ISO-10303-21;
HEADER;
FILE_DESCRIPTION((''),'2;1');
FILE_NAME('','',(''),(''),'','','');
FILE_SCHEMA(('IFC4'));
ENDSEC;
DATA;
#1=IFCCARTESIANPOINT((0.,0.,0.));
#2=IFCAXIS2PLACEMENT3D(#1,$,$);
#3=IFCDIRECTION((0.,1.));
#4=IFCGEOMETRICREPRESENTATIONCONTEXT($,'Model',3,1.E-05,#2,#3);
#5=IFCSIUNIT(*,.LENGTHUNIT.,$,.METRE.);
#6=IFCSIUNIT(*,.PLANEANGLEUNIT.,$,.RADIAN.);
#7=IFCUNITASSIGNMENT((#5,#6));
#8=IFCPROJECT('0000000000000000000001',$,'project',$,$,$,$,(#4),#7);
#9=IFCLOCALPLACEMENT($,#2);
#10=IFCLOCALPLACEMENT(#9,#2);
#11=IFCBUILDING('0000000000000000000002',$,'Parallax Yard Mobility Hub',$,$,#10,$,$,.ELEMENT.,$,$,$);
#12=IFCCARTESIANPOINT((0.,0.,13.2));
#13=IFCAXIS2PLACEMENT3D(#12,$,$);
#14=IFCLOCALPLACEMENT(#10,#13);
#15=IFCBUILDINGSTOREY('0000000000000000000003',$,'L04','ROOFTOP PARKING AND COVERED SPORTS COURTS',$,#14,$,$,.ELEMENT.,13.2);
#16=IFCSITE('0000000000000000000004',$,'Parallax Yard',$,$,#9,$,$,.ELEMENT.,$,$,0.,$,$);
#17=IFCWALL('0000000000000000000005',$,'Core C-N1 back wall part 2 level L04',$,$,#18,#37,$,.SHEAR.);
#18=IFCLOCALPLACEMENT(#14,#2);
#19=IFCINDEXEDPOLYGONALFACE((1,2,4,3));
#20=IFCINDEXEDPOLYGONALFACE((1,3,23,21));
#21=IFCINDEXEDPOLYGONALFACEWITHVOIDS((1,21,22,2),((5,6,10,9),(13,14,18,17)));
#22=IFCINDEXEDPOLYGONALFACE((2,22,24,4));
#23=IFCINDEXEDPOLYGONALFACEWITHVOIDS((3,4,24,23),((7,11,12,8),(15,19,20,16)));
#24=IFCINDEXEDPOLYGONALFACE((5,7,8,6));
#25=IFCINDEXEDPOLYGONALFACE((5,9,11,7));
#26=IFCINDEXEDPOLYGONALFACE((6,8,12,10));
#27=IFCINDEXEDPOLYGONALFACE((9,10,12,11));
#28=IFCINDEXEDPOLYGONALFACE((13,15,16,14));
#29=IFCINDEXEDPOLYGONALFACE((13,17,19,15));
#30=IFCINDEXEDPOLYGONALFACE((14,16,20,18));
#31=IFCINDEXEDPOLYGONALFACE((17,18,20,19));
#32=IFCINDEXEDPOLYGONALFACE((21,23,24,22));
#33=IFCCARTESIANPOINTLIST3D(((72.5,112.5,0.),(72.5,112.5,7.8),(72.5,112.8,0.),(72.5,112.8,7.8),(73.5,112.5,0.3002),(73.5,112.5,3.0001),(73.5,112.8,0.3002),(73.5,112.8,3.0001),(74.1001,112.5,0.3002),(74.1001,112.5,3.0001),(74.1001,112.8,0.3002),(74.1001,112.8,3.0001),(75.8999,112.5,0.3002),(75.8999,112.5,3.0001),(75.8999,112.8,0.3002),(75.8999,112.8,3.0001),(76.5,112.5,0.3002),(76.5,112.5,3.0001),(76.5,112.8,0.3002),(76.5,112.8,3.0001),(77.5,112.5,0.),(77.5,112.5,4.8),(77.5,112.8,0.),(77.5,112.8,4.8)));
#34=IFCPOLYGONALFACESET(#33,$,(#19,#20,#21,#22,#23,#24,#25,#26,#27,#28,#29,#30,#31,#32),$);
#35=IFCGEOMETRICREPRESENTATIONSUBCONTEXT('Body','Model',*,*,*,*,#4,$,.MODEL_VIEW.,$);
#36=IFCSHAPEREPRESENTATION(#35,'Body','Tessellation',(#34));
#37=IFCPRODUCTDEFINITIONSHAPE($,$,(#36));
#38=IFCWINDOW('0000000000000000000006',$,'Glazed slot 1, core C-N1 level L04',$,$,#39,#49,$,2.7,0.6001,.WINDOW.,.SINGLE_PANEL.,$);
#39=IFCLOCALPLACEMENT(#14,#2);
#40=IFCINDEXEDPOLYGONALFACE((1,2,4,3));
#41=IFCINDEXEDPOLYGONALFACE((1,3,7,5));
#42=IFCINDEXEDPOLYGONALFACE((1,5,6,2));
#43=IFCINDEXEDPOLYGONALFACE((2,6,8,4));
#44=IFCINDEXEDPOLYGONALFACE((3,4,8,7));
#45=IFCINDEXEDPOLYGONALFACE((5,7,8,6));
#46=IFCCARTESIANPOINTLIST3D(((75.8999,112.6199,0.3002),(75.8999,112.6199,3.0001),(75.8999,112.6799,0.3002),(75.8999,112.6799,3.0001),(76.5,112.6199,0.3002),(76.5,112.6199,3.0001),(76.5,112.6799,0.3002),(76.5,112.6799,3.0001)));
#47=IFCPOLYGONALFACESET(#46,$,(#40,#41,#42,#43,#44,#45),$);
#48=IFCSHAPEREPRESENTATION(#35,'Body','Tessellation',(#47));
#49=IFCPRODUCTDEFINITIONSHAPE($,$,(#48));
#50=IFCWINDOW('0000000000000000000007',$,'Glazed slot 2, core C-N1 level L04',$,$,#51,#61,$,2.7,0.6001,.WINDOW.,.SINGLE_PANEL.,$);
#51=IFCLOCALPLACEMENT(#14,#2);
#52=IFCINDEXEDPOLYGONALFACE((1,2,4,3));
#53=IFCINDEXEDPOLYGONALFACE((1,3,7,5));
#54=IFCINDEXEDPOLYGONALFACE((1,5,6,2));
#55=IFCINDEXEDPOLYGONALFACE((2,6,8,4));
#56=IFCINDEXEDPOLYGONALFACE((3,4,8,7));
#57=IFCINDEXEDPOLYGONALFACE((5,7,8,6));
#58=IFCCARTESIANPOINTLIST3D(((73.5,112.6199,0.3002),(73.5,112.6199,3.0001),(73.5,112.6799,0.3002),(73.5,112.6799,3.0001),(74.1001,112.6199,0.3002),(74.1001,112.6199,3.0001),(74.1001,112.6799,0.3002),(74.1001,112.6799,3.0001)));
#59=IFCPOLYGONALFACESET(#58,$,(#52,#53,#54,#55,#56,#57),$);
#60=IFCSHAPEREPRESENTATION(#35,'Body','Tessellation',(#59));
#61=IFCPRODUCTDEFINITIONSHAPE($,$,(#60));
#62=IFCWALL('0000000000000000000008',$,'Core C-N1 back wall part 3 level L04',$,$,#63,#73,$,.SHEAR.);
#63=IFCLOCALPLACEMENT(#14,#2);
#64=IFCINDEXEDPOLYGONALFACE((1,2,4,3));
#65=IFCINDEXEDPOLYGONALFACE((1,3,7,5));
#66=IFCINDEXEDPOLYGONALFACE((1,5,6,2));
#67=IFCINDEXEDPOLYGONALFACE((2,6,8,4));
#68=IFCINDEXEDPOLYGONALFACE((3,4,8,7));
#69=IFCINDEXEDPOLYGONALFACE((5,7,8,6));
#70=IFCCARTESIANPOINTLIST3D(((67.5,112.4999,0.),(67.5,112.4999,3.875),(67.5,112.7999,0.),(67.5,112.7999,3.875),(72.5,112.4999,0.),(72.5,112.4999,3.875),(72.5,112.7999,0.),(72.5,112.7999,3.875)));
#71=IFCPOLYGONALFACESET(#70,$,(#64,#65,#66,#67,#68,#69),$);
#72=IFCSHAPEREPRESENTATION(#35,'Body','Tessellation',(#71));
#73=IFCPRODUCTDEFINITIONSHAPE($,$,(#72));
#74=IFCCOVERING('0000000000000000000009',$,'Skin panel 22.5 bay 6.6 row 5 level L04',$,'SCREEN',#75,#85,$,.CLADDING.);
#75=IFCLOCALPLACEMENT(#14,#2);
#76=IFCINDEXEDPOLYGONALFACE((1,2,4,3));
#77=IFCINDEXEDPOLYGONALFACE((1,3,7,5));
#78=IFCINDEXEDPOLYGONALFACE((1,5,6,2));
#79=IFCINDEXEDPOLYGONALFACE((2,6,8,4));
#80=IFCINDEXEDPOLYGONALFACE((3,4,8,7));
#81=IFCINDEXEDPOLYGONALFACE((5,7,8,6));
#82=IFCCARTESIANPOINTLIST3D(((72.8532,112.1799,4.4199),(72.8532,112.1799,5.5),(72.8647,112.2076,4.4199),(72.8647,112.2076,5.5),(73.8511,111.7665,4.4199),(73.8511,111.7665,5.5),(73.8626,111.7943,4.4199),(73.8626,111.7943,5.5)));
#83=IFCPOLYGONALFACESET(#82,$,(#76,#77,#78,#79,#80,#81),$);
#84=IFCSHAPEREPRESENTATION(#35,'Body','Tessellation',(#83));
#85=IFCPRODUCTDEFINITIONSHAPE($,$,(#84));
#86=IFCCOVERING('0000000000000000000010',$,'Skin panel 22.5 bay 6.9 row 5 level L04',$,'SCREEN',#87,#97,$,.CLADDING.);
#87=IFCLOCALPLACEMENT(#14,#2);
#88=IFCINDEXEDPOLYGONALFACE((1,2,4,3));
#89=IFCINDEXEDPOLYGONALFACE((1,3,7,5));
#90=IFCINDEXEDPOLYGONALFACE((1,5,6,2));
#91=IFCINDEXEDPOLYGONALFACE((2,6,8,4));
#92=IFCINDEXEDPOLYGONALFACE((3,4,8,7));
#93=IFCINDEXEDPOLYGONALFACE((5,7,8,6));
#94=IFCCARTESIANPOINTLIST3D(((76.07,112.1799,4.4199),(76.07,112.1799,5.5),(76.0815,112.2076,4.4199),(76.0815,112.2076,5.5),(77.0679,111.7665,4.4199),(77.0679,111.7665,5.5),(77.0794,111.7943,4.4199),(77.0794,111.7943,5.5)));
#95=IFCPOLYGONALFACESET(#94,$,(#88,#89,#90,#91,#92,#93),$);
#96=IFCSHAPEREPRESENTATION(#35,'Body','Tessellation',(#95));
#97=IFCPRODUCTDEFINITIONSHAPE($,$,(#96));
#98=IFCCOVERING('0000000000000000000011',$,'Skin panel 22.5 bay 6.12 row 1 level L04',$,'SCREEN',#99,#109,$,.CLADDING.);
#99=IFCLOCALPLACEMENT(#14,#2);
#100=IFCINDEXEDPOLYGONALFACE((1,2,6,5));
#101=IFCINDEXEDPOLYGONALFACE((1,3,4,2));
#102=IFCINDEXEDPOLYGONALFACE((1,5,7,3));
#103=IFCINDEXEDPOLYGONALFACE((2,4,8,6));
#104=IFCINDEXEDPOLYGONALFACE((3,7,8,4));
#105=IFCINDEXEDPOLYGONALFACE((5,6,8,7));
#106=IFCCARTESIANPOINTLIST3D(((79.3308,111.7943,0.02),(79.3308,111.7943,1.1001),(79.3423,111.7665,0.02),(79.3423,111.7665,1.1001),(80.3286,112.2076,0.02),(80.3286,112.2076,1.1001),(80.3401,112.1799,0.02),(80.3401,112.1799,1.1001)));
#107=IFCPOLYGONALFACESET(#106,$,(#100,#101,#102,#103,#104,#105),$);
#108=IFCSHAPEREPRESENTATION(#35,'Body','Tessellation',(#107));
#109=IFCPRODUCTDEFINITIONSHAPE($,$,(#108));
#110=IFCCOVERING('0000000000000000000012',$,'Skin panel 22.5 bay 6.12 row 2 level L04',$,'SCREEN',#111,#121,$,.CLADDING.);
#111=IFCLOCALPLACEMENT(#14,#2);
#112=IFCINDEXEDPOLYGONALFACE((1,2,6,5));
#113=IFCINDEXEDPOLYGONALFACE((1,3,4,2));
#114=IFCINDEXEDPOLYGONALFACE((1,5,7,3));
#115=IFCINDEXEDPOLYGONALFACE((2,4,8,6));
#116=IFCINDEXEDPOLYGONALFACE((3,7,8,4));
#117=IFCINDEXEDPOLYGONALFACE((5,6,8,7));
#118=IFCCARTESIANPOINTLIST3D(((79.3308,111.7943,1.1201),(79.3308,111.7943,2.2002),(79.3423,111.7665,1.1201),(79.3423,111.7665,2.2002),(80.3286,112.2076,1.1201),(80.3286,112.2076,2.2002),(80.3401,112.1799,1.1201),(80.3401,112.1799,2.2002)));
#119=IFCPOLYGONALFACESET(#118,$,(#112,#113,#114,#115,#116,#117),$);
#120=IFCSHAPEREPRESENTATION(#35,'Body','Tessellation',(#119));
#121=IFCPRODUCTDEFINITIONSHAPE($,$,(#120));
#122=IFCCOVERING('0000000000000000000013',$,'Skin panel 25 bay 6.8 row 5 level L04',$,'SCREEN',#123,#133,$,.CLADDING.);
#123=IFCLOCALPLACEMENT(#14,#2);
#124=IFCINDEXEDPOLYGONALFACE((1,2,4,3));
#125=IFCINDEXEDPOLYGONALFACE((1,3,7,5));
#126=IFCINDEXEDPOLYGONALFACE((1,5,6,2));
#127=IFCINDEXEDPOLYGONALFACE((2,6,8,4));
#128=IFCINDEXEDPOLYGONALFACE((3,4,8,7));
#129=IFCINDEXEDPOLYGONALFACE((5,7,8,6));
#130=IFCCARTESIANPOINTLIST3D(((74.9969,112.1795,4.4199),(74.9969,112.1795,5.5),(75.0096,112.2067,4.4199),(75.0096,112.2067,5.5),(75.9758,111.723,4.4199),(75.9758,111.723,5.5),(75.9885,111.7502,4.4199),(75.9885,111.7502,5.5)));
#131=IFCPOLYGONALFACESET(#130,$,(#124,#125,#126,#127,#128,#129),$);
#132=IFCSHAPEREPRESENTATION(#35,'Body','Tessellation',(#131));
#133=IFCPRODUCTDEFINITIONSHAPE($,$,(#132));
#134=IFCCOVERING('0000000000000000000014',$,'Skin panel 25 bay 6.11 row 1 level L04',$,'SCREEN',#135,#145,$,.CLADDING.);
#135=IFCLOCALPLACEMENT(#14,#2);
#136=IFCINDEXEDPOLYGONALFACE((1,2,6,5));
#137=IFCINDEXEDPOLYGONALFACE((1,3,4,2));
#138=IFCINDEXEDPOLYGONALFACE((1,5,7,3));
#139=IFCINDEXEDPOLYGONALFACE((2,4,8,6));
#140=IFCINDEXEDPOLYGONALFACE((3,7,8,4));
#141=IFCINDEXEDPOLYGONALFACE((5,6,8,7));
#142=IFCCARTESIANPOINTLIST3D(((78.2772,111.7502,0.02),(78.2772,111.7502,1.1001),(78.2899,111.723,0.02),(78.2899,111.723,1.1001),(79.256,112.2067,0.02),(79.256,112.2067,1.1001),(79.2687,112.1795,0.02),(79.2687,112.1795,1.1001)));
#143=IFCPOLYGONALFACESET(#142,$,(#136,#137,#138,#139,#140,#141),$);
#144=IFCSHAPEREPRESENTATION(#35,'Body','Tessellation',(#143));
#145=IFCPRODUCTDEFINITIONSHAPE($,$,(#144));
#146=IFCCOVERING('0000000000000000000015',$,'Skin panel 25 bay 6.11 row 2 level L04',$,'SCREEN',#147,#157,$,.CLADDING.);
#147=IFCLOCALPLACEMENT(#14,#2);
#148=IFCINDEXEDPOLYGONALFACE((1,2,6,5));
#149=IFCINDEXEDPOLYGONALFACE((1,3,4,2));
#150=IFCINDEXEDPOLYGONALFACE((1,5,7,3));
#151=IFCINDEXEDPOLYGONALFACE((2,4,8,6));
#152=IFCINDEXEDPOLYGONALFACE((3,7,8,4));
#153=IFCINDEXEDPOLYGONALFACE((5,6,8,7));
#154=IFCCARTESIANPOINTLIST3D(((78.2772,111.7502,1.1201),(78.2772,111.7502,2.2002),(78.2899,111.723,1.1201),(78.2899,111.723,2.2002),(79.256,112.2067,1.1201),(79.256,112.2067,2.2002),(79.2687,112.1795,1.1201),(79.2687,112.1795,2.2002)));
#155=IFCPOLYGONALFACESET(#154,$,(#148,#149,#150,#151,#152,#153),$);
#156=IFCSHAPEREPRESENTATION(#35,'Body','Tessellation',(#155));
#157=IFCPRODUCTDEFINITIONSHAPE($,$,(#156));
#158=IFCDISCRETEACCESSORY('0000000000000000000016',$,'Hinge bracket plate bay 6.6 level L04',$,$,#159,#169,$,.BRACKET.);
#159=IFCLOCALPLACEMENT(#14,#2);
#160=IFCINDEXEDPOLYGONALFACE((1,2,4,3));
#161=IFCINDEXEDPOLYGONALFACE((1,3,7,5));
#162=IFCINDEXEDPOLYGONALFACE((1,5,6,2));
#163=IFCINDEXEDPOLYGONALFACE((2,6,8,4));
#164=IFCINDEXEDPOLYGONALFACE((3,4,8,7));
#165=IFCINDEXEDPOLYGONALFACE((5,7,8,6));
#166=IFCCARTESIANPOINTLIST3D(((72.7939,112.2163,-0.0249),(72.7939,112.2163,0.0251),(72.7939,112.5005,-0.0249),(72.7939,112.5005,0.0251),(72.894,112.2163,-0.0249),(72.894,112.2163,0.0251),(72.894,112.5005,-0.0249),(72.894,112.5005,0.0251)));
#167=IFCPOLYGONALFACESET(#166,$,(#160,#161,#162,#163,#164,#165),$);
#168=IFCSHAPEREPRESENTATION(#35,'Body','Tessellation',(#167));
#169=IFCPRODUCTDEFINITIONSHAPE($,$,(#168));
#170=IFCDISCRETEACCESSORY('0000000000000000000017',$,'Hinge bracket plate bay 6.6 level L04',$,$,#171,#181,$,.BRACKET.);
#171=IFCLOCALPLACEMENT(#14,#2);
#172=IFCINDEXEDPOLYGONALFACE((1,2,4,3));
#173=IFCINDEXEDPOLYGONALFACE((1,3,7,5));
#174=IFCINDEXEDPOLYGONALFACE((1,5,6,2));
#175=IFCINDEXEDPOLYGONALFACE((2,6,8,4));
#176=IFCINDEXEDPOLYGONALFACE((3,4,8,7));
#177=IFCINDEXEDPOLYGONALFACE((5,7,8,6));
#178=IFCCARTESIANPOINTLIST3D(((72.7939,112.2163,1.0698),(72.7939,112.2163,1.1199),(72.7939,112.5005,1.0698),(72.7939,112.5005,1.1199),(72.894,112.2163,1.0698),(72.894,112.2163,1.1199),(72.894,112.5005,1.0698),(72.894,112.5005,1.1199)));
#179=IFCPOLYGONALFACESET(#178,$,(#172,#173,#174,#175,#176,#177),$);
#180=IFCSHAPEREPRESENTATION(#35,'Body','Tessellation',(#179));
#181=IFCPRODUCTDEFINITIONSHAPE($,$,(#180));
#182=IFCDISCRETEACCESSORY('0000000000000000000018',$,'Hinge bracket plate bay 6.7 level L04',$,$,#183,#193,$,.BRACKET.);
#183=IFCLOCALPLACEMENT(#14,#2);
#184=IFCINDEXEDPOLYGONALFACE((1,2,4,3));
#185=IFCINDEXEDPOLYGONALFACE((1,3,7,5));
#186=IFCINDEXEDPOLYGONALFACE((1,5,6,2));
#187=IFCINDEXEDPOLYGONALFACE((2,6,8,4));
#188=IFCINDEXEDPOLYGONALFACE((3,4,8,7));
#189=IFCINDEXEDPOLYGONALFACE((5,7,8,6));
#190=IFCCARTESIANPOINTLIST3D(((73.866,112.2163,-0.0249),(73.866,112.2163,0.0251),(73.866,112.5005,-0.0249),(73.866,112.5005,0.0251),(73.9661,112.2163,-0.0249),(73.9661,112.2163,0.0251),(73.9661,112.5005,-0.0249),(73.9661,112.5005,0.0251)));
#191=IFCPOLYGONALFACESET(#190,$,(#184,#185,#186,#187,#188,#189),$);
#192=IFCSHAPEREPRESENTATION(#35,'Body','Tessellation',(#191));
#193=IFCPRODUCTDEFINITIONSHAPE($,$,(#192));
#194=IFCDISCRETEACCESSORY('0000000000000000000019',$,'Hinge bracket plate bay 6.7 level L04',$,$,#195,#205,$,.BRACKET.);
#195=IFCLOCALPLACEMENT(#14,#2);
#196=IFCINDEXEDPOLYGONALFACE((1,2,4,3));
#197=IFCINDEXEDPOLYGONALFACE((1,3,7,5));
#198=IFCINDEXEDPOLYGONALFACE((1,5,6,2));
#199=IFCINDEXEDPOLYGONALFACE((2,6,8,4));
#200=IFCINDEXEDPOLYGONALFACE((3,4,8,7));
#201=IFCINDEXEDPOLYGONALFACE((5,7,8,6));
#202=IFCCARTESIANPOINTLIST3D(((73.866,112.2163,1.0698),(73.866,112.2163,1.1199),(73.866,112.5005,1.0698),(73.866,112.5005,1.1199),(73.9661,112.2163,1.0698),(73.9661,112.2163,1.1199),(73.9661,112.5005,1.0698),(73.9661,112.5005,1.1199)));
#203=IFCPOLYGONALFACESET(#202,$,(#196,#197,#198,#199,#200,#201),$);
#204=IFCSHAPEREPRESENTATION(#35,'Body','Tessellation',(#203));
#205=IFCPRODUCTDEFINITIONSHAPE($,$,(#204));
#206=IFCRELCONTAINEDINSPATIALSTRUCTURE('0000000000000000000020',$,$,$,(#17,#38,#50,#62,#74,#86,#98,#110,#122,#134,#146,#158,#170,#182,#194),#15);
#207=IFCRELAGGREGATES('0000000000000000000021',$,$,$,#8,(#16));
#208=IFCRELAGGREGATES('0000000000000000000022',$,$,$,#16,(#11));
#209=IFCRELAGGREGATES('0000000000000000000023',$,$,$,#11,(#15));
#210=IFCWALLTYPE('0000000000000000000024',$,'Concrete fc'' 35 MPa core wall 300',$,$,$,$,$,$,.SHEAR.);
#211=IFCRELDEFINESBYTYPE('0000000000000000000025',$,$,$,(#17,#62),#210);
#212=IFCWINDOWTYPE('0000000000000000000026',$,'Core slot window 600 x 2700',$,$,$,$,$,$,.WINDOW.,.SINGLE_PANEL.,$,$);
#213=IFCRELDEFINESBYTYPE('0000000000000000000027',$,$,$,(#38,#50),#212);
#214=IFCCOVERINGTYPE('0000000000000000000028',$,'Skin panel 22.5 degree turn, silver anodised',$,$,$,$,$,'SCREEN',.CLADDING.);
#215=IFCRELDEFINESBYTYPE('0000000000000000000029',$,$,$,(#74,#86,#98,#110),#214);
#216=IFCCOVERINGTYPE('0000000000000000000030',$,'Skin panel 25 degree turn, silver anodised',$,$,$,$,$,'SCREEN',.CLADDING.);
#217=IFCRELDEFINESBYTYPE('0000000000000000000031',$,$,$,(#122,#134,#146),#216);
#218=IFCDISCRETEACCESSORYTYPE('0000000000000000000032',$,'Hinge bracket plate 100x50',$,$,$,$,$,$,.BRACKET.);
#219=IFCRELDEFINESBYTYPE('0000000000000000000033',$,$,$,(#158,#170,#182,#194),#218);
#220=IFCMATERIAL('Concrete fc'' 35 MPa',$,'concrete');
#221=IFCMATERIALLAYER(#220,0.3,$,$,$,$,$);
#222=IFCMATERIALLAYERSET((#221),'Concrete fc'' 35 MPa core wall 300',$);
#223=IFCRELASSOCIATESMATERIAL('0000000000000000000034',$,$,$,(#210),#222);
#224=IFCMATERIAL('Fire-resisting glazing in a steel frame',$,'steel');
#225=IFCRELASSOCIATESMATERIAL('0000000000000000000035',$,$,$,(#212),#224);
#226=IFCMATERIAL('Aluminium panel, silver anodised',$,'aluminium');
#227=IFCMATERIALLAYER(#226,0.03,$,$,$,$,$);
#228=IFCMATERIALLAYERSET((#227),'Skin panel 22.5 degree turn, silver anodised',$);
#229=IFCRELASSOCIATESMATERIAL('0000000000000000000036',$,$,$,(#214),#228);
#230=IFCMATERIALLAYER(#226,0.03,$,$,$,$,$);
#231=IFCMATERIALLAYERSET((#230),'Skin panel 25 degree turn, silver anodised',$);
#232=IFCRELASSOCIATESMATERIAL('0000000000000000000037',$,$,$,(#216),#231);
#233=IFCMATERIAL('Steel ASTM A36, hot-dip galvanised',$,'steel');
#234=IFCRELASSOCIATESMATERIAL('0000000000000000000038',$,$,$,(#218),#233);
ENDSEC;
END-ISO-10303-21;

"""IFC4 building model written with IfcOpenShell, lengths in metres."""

from ifc_helpers import new_model, si_unit, direction, frame, frame_2d, origin, origin_2d, place, context, subcontext, project, spatial, polyline, rectangle, outline, extrude, material, layer, layer_set, type_object, element, fill, save


model = new_model("IFC4")

# Units and contexts
model_context = context("Model", 3, precision=1e-05, world=origin(), true_north=direction((0.0, 1.0)))
body_context = subcontext(model_context, "Body", "Model", "MODEL_VIEW")
ifc_project = project(units=[si_unit("LENGTHUNIT", "METRE"), si_unit("PLANEANGLEUNIT", "RADIAN")], contexts=[model_context])

# Site, building, storey
site_placement = place(None, origin())
site = spatial("IfcSite", under=ifc_project, at=site_placement, Name="Parallax Yard", CompositionType="ELEMENT", RefElevation=0.0)
building_placement = place(site_placement, origin())
building = spatial("IfcBuilding", under=site, at=building_placement, Name="Parallax Yard Mobility Hub", CompositionType="ELEMENT")
storey_placement = place(building_placement, frame((0.0, 0.0, 13.2)))
storey = spatial("IfcBuildingStorey", under=building, at=storey_placement, Name="L04", Description="ROOFTOP PARKING AND COVERED SPORTS COURTS", CompositionType="ELEMENT", Elevation=13.2)

# Wall, openings, windows
ifc_material_1 = material(Name="Concrete fc' 35 MPa", Category="concrete")
ifc_layer_1 = layer(ifc_material_1, 0.3)
ifc_layer_set_1 = layer_set([ifc_layer_1], Name="Concrete fc' 35 MPa core wall 300")
wall_type = type_object("IfcWallType", Name="Concrete fc' 35 MPa core wall 300", PredefinedType="SHEAR", material=ifc_layer_set_1)
wall_1_placement = place(storey_placement, frame((77.5, 112.6499, 0.0), z_axis=(0.0, 0.0, 1.0), x_axis=(-1.0, 0.0, 0.0)))
wall_1 = element("IfcWall", 1, at=wall_1_placement, inside=storey, type_object=wall_type, Name="Core C-N1 back wall part 2 level L04", PredefinedType="SHEAR", context=body_context, shape_type="SweptSolid", body=[
    extrude(outline(polyline([(0.0, 0.0), (5.0, 0.0), (5.0, 7.8), (0.0, 4.8), (0.0, 0.0)])), frame((0.0, 0.1499, 0.0), z_axis=(0.0, -1.0, 0.0), x_axis=(1.0, 0.0, 0.0)), (0.0, 0.0, 1.0), 0.3),
])
opening_1_placement = place(wall_1_placement, frame((1.0, 0.0, 0.3)))
opening_1 = element("IfcOpeningElement", 2, at=opening_1_placement, cuts=wall_1, PredefinedType="OPENING", context=body_context, shape_type="SweptSolid", body=[
    extrude(rectangle(XDim=0.6001, YDim=2.7, at=frame_2d((0.3, 1.3501))), frame((0.0, 0.1602, 0.0), z_axis=(0.0, -1.0, 0.0), x_axis=(1.0, 0.0, 0.0)), (0.0, 0.0, 1.0), 0.3201),
])
opening_2_placement = place(wall_1_placement, frame((3.3999, 0.0, 0.3)))
opening_2 = element("IfcOpeningElement", 3, at=opening_2_placement, cuts=wall_1, PredefinedType="OPENING", context=body_context, shape_type="SweptSolid", body=[
    extrude(rectangle(XDim=0.6001, YDim=2.7, at=frame_2d((0.3, 1.3501))), frame((0.0, 0.1602, 0.0), z_axis=(0.0, -1.0, 0.0), x_axis=(1.0, 0.0, 0.0)), (0.0, 0.0, 1.0), 0.3201),
])
ifc_material_2 = material(Name="Fire-resisting glazing in a steel frame", Category="steel")
window_type = type_object("IfcWindowType", Name="Core slot window 600 x 2700", PartitioningType="SINGLE_PANEL", PredefinedType="WINDOW", material=ifc_material_2)
window_1_placement = place(opening_1_placement, origin())
window_1 = element("IfcWindow", 4, at=window_1_placement, inside=storey, type_object=window_type, Name="Glazed slot 1, core C-N1 level L04", OverallHeight=2.7, OverallWidth=0.6001, PartitioningType="SINGLE_PANEL", PredefinedType="WINDOW", context=body_context, shape_type="SweptSolid", body=[
    extrude(rectangle(XDim=0.6001, YDim=2.7, at=frame_2d((0.3, 1.3501))), frame((0.0, 0.03, 0.0), z_axis=(0.0, -1.0, 0.0), x_axis=(1.0, 0.0, 0.0)), (0.0, 0.0, 1.0), 0.0601),
])
fill(opening_1, window_1)
window_2_placement = place(opening_2_placement, origin())
window_2 = element("IfcWindow", 5, at=window_2_placement, inside=storey, type_object=window_type, Name="Glazed slot 2, core C-N1 level L04", OverallHeight=2.7, OverallWidth=0.6001, PartitioningType="SINGLE_PANEL", PredefinedType="WINDOW", context=body_context, shape_type="SweptSolid", body=[
    extrude(rectangle(XDim=0.6001, YDim=2.7, at=frame_2d((0.3, 1.3501))), frame((0.0, 0.03, 0.0), z_axis=(0.0, -1.0, 0.0), x_axis=(1.0, 0.0, 0.0)), (0.0, 0.0, 1.0), 0.0601),
])
fill(opening_2, window_2)

# Wall
wall_2_placement = place(storey_placement, frame((72.5, 112.6499, 0.0), z_axis=(0.0, 0.0, 1.0), x_axis=(-1.0, 0.0, 0.0)))
element("IfcWall", 6, at=wall_2_placement, inside=storey, type_object=wall_type, Name="Core C-N1 back wall part 3 level L04", PredefinedType="SHEAR", context=body_context, shape_type="SweptSolid", body=[
    extrude(rectangle(XDim=5.0, YDim=0.3, at=frame_2d((2.5, 0.0))), origin(), (0.0, 0.0, 1.0), 3.875),
])

# Coverings
ifc_material_3 = material(Name="Aluminium panel, silver anodised", Category="aluminium")
ifc_layer_2 = layer(ifc_material_3, 0.03)
ifc_layer_set_2 = layer_set([ifc_layer_2], Name="Skin panel 22.5 degree turn, silver anodised")
covering_type_1 = type_object("IfcCoveringType", Name="Skin panel 22.5 degree turn, silver anodised", ElementType="SCREEN", PredefinedType="CLADDING", material=ifc_layer_set_2)
for number, where, z_axis, x_axis, name in (
    (7, (73.3579, 111.9871, 4.4199), (0.0, 0.0, 1.0), (0.92388, -0.382683, 0.0), "Skin panel 22.5 bay 6.6 row 5 level L04"),
    (8, (76.5747, 111.9871, 4.4199), (0.0, 0.0, 1.0), (0.92388, -0.382683, 0.0), "Skin panel 22.5 bay 6.9 row 5 level L04"),
    (9, (79.8354, 111.9871, 0.02), (0.0, 0.0, 1.0), (-0.92388, -0.382683, 0.0), "Skin panel 22.5 bay 6.12 row 1 level L04"),
    (10, (79.8354, 111.9871, 1.1201), (0.0, 0.0, 1.0), (-0.92388, -0.382683, 0.0), "Skin panel 22.5 bay 6.12 row 2 level L04"),
):
    element("IfcCovering", number, at=place(storey_placement, frame(where, z_axis=z_axis, x_axis=x_axis)), inside=storey, type_object=covering_type_1, Name=name, ObjectType="SCREEN", PredefinedType="CLADDING", context=body_context, shape_type="SweptSolid", body=[
        extrude(rectangle(XDim=1.0801, YDim=0.03, at=origin_2d()), origin(), (0.0, 0.0, 1.0), 1.0801),
    ])
ifc_layer_3 = layer(ifc_material_3, 0.03)
ifc_layer_set_3 = layer_set([ifc_layer_3], Name="Skin panel 25 degree turn, silver anodised")
covering_type_2 = type_object("IfcCoveringType", Name="Skin panel 25 degree turn, silver anodised", ElementType="SCREEN", PredefinedType="CLADDING", material=ifc_layer_set_3)
for number, where, z_axis, x_axis, name in (
    (11, (75.4927, 111.9648, 4.4199), (0.0, 0.0, 1.0), (0.906308, -0.422618, 0.0), "Skin panel 25 bay 6.8 row 5 level L04"),
    (12, (78.7729, 111.9648, 0.02), (0.0, 0.0, 1.0), (-0.906308, -0.422618, 0.0), "Skin panel 25 bay 6.11 row 1 level L04"),
    (13, (78.7729, 111.9648, 1.1201), (0.0, 0.0, 1.0), (-0.906308, -0.422618, 0.0), "Skin panel 25 bay 6.11 row 2 level L04"),
):
    element("IfcCovering", number, at=place(storey_placement, frame(where, z_axis=z_axis, x_axis=x_axis)), inside=storey, type_object=covering_type_2, Name=name, ObjectType="SCREEN", PredefinedType="CLADDING", context=body_context, shape_type="SweptSolid", body=[
        extrude(rectangle(XDim=1.0801, YDim=0.03, at=origin_2d()), origin(), (0.0, 0.0, 1.0), 1.0801),
    ])

# Discrete accessories
ifc_material_4 = material(Name="Steel ASTM A36, hot-dip galvanised", Category="steel")
discrete_accessory_type_1 = type_object("IfcDiscreteAccessoryType", Name="Hinge bracket plate 100x50", PredefinedType="BRACKET", material=ifc_material_4)
for number, where, z_axis, x_axis, name in (
    (14, (72.844, 112.3584, -0.0249), (0.0, 0.0, 1.0), (0.0, -1.0, 0.0), "Hinge bracket plate bay 6.6 level L04"),
    (15, (72.844, 112.3584, 1.0698), (0.0, 0.0, 1.0), (0.0, -1.0, 0.0), "Hinge bracket plate bay 6.6 level L04"),
    (16, (73.916, 112.3584, -0.0249), (0.0, 0.0, 1.0), (0.0, -1.0, 0.0), "Hinge bracket plate bay 6.7 level L04"),
    (17, (73.916, 112.3584, 1.0698), (0.0, 0.0, 1.0), (0.0, -1.0, 0.0), "Hinge bracket plate bay 6.7 level L04"),
):
    element("IfcDiscreteAccessory", number, at=place(storey_placement, frame(where, z_axis=z_axis, x_axis=x_axis)), inside=storey, type_object=discrete_accessory_type_1, Name=name, PredefinedType="BRACKET", context=body_context, shape_type="SweptSolid", body=[
        extrude(rectangle(XDim=0.2842, YDim=0.1001, at=origin_2d()), origin(), (0.0, 0.0, 1.0), 0.05),
    ])

save(model, "model.ifc")
